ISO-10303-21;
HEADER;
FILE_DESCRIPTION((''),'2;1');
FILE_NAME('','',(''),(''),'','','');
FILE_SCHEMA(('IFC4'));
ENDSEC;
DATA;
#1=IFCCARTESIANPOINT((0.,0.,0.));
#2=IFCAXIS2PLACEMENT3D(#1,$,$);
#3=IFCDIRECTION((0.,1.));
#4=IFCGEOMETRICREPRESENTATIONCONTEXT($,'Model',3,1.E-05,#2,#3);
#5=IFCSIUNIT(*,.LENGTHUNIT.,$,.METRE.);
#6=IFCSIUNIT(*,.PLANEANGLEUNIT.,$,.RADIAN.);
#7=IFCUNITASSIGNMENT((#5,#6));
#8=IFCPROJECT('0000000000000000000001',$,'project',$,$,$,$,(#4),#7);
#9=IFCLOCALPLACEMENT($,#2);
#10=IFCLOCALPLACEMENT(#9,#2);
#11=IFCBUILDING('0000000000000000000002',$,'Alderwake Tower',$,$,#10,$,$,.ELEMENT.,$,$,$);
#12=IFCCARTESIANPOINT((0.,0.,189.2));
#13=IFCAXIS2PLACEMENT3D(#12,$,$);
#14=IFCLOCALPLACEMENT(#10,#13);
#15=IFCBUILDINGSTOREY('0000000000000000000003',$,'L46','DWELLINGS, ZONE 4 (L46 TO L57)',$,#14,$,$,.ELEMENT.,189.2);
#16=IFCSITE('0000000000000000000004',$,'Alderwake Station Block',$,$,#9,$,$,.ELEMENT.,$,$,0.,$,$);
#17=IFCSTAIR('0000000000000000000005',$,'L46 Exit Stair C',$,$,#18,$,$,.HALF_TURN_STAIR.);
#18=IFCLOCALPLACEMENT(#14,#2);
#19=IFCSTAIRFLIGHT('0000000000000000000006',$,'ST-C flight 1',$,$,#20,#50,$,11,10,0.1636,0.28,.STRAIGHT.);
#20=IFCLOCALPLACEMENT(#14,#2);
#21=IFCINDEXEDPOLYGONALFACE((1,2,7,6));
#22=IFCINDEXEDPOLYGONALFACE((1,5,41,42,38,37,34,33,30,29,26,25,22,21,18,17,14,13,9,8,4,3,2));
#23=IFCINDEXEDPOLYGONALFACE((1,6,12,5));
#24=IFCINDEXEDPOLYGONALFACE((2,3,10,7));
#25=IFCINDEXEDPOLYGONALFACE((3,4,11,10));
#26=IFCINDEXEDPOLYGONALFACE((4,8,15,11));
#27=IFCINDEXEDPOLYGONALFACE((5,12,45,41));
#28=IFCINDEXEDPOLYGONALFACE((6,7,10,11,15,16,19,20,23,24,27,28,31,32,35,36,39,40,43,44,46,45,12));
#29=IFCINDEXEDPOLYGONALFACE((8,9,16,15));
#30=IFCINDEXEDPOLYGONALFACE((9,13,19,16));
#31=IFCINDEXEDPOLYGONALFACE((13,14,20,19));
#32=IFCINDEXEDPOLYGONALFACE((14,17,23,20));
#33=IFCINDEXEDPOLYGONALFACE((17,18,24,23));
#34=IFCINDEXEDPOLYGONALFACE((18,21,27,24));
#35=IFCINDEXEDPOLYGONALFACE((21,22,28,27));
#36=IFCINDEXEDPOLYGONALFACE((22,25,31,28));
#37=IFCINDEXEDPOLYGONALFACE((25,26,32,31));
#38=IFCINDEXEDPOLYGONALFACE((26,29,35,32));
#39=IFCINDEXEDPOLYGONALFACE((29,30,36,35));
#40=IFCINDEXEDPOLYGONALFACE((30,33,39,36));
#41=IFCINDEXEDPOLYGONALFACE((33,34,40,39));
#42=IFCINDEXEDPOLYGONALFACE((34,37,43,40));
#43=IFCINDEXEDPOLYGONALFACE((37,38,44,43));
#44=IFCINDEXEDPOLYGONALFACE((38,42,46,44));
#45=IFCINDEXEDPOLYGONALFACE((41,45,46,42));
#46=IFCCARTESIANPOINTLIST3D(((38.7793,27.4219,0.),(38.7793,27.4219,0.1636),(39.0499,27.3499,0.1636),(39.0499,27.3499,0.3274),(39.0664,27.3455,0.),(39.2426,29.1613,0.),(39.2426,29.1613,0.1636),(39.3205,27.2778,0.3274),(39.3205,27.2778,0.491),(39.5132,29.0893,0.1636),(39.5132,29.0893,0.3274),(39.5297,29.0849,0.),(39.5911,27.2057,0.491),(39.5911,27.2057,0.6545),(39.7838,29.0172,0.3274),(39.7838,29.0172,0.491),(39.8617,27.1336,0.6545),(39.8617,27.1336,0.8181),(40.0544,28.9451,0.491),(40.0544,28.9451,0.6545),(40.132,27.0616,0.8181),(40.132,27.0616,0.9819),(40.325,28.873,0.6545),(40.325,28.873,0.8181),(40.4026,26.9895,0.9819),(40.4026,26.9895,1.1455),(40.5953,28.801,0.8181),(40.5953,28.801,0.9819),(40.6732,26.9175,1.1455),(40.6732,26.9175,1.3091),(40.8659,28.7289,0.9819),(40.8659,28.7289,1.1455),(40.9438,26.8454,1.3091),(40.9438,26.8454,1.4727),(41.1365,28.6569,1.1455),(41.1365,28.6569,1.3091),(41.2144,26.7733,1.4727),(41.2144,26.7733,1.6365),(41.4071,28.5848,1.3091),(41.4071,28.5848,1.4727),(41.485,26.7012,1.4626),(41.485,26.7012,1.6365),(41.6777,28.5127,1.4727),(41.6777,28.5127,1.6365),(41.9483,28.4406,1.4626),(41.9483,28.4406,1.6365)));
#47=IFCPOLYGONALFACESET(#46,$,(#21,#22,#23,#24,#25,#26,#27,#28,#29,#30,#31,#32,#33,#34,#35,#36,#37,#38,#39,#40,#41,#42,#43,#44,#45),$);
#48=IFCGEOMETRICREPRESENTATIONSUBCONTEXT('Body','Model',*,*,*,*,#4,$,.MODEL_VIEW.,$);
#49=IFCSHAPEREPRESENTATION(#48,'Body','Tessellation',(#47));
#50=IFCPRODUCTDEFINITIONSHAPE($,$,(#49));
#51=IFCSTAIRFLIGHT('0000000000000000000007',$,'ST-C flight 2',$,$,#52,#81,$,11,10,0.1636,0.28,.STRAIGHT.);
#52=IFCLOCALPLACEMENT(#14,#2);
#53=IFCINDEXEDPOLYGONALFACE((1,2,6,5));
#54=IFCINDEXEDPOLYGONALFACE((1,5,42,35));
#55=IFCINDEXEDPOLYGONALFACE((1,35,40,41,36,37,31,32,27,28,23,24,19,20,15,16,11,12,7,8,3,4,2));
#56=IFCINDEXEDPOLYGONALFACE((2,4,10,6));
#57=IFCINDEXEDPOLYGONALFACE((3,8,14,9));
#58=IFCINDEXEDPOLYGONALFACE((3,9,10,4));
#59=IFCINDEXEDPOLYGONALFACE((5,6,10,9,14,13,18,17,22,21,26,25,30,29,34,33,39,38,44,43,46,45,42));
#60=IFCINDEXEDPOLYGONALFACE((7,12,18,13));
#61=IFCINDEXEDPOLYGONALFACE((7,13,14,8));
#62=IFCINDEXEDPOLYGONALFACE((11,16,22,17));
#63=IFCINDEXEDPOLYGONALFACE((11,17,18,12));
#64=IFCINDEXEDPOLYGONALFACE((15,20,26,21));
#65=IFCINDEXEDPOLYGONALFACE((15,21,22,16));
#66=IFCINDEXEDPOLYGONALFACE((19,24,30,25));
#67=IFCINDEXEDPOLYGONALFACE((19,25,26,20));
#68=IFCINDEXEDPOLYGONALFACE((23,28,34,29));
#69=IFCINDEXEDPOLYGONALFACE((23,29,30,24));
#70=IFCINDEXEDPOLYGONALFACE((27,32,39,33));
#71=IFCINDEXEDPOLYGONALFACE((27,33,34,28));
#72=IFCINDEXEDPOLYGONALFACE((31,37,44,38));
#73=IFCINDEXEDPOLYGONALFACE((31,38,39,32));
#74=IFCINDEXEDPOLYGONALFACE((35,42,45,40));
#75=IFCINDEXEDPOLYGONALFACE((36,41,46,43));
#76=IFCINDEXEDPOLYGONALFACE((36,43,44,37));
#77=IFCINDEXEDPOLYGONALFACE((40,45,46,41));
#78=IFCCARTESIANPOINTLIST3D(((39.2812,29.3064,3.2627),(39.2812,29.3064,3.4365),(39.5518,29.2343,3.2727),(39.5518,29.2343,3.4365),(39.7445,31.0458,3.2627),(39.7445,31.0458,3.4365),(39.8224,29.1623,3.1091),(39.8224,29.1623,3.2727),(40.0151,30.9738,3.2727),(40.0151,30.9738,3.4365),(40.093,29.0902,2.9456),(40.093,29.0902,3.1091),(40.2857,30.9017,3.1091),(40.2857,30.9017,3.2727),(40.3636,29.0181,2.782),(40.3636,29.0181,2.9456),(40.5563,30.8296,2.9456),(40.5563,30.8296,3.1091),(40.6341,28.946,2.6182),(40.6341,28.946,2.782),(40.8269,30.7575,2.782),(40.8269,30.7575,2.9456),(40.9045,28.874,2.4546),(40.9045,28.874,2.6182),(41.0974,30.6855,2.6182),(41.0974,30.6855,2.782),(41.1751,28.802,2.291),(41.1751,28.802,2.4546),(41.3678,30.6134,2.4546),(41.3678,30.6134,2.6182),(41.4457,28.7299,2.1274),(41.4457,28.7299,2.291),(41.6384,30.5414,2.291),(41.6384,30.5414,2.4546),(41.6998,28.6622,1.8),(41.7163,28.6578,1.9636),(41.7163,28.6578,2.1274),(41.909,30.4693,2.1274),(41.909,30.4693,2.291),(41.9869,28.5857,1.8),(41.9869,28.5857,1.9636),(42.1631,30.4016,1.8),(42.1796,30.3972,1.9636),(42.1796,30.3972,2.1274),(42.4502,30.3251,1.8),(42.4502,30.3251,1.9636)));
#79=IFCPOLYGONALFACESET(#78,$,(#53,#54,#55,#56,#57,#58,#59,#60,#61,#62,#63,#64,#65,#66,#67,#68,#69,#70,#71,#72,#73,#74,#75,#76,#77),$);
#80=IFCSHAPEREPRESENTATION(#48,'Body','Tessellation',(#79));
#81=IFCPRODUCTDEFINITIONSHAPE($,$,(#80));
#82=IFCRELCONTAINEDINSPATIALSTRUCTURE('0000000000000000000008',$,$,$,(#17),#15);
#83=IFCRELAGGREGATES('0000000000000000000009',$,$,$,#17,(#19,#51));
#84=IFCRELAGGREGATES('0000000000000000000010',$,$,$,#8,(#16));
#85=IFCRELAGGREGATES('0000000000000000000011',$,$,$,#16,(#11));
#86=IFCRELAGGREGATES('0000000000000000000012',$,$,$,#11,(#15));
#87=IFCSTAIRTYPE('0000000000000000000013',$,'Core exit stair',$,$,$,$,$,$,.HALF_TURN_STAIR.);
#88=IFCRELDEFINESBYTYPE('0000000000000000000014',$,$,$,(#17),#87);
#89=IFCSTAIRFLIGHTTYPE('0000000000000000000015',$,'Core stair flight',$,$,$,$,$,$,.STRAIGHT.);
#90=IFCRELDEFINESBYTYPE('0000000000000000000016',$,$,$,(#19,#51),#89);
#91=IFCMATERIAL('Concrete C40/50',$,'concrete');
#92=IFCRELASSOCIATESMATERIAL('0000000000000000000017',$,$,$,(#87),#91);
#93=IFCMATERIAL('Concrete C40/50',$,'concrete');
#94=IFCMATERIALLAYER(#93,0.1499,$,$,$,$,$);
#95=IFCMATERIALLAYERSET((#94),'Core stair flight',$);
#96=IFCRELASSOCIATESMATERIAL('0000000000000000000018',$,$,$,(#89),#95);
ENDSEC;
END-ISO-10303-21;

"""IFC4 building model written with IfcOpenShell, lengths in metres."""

from ifc_helpers import new_model, si_unit, direction, frame, origin, place, context, subcontext, project, spatial, polyline, outline, extrude, material, layer, layer_set, type_object, element, aggregate, save


model = new_model("IFC4")

# Units and contexts
model_context = context("Model", 3, precision=1e-05, world=origin(), true_north=direction((0.0, 1.0)))
body_context = subcontext(model_context, "Body", "Model", "MODEL_VIEW")
ifc_project = project(units=[si_unit("LENGTHUNIT", "METRE"), si_unit("PLANEANGLEUNIT", "RADIAN")], contexts=[model_context])

# Site, building, storey
site_placement = place(None, origin())
site = spatial("IfcSite", under=ifc_project, at=site_placement, Name="Alderwake Station Block", CompositionType="ELEMENT", RefElevation=0.0)
building_placement = place(site_placement, origin())
building = spatial("IfcBuilding", under=site, at=building_placement, Name="Alderwake Tower", CompositionType="ELEMENT")
storey_placement = place(building_placement, frame((0.0, 0.0, 189.2)))
storey = spatial("IfcBuildingStorey", under=building, at=storey_placement, Name="L46", Description="DWELLINGS, ZONE 4 (L46 TO L57)", CompositionType="ELEMENT", Elevation=189.2)

# Stair, stair flights
ifc_material_1 = material(Name="Concrete C40/50", Category="concrete")
stair_type = type_object("IfcStairType", Name="Core exit stair", PredefinedType="HALF_TURN_STAIR", material=ifc_material_1)
stair_placement = place(storey_placement, origin())
stair = element("IfcStair", 1, at=stair_placement, inside=storey, type_object=stair_type, Name="L46 Exit Stair C", PredefinedType="HALF_TURN_STAIR")
ifc_material_2 = material(Name="Concrete C40/50", Category="concrete")
ifc_layer_1 = layer(ifc_material_2, 0.1499)
ifc_layer_set_1 = layer_set([ifc_layer_1], Name="Core stair flight")
stair_flight_type = type_object("IfcStairFlightType", Name="Core stair flight", PredefinedType="STRAIGHT", material=ifc_layer_set_1)
stair_flight_1_placement = place(storey_placement, frame((39.011, 28.2917, 0.0), z_axis=(0.0, 0.0, 1.0), x_axis=(0.96631, -0.257382, 0.0)))
stair_flight_1 = element("IfcStairFlight", 2, at=stair_flight_1_placement, type_object=stair_flight_type, Name="ST-C flight 1", NumberOfRisers=11, NumberOfTreads=10, PredefinedType="STRAIGHT", RiserHeight=0.1636, TreadLength=0.28, context=body_context, shape_type="SweptSolid", body=[
    extrude(outline(polyline([(0.0, 0.0), (0.0, 0.1636), (0.28, 0.1636), (0.28, 0.3274), (0.5601, 0.3274), (0.5601, 0.491), (0.8401, 0.491), (0.8401, 0.6545), (1.1201, 0.6545), (1.1201, 0.8181), (1.3999, 0.8181), (1.3999, 0.9819), (1.6799, 0.9819), (1.6799, 1.1455), (1.96, 1.1455), (1.96, 1.3091), (2.24, 1.3091), (2.24, 1.4727), (2.52, 1.4727), (2.52, 1.6365), (2.8, 1.6365), (2.8, 1.8), (2.8, 1.4626), (0.2971, 0.0), (0.0, 0.0)])), frame((0.0, 0.8999, 0.0), z_axis=(0.0, -1.0, 0.0), x_axis=(1.0, 0.0, 0.0)), (0.0, 0.0, 1.0), 1.8),
])
stair_flight_2_placement = place(storey_placement, frame((42.2185, 29.4553, 1.8), z_axis=(0.0, 0.0, 1.0), x_axis=(-0.96631, 0.257382, 0.0)))
stair_flight_2 = element("IfcStairFlight", 3, at=stair_flight_2_placement, type_object=stair_flight_type, Name="ST-C flight 2", NumberOfRisers=11, NumberOfTreads=10, PredefinedType="STRAIGHT", RiserHeight=0.1636, TreadLength=0.28, context=body_context, shape_type="SweptSolid", body=[
    extrude(outline(polyline([(0.0, 0.0), (0.0, 0.1636), (0.28, 0.1636), (0.28, 0.3274), (0.5601, 0.3274), (0.5601, 0.491), (0.8401, 0.491), (0.8401, 0.6545), (1.1201, 0.6545), (1.1201, 0.8181), (1.3999, 0.8181), (1.3999, 0.9819), (1.6799, 0.9819), (1.6799, 1.1455), (1.96, 1.1455), (1.96, 1.3091), (2.24, 1.3091), (2.24, 1.4727), (2.52, 1.4727), (2.52, 1.6365), (2.8, 1.6365), (2.8, 1.8), (2.8, 1.4626), (0.2971, 0.0), (0.0, 0.0)])), frame((0.0, 0.8999, 0.0), z_axis=(0.0, -1.0, 0.0), x_axis=(1.0, 0.0, 0.0)), (0.0, 0.0, 1.0), 1.8),
])
aggregate(stair, [stair_flight_1, stair_flight_2])

save(model, "model.ifc")
